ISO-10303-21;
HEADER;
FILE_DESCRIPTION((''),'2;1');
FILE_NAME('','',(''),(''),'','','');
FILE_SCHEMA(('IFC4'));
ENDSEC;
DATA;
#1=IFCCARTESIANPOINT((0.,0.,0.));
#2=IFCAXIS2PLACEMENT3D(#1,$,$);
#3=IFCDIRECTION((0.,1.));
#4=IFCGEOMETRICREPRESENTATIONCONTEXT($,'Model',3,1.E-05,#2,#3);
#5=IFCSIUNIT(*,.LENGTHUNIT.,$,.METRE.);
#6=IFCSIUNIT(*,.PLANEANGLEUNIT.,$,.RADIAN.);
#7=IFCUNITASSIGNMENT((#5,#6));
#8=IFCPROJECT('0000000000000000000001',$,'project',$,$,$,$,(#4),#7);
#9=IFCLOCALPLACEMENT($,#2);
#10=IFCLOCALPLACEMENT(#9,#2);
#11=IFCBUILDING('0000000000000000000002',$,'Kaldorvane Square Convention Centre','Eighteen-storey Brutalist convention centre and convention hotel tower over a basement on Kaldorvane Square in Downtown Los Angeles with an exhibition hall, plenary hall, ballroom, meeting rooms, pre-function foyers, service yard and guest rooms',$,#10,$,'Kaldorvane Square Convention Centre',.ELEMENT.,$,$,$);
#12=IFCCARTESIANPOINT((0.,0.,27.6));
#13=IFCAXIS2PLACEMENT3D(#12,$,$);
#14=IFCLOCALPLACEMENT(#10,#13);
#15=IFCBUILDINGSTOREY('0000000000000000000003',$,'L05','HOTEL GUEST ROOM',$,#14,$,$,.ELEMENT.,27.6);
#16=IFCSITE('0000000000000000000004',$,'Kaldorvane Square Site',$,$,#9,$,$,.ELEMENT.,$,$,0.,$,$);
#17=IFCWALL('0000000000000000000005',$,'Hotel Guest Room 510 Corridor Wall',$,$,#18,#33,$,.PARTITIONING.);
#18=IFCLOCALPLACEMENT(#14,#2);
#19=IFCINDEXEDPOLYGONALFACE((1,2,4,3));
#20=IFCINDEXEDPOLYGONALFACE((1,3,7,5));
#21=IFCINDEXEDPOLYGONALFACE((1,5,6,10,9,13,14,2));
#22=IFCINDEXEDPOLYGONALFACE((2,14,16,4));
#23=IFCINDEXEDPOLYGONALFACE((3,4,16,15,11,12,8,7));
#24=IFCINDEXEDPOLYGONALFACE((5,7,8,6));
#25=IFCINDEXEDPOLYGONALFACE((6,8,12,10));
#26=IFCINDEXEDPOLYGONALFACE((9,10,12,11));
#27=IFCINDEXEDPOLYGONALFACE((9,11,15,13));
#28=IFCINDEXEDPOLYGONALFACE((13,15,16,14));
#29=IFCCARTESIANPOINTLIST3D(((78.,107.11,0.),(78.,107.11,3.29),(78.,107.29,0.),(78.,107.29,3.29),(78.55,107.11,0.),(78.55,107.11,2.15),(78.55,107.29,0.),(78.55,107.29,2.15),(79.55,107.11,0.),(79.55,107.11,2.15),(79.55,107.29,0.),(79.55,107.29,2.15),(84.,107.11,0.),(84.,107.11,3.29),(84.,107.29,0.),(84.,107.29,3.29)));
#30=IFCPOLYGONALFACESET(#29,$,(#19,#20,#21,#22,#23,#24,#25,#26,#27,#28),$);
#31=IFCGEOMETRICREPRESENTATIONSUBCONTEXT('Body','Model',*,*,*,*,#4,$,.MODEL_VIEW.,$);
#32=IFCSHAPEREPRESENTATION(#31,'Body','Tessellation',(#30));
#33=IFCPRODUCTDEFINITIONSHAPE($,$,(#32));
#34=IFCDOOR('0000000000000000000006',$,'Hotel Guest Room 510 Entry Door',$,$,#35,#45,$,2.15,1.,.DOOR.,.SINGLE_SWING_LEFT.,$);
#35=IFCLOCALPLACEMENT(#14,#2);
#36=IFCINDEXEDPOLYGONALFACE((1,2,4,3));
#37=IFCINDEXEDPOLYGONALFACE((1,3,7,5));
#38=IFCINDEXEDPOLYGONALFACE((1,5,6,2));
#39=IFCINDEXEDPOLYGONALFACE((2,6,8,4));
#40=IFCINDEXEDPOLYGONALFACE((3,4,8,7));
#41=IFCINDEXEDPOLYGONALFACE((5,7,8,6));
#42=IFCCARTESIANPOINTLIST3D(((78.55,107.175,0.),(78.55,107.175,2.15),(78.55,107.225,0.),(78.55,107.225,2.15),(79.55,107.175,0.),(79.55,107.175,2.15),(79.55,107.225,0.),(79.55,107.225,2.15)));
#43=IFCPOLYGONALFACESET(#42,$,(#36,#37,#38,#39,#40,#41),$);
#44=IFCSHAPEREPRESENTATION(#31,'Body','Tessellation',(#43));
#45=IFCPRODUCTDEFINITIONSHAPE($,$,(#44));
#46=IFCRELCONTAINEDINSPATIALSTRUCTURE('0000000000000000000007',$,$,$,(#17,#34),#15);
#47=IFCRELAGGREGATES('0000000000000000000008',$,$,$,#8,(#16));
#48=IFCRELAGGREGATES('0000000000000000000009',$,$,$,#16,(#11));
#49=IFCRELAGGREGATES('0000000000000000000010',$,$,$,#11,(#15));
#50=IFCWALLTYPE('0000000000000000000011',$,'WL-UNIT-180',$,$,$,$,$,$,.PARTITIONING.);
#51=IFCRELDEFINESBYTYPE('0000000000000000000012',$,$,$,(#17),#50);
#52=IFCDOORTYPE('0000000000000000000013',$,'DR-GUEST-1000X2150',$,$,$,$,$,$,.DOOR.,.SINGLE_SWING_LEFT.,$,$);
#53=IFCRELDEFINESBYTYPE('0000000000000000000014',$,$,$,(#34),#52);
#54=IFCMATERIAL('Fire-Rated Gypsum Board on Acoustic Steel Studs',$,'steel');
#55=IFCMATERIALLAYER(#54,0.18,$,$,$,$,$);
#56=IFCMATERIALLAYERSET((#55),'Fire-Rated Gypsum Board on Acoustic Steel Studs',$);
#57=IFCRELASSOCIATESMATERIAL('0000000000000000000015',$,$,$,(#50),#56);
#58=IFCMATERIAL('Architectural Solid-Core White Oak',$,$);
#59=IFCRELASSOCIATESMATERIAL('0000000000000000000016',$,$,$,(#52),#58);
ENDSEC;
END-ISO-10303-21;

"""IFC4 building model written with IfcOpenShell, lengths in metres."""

from ifc_helpers import new_model, si_unit, direction, frame, frame_2d, origin, place, context, subcontext, project, spatial, rectangle, extrude, material, layer, layer_set, type_object, element, fill, save


model = new_model("IFC4")

# Units and contexts
model_context = context("Model", 3, precision=1e-05, world=origin(), true_north=direction((0.0, 1.0)))
body_context = subcontext(model_context, "Body", "Model", "MODEL_VIEW")
ifc_project = project(units=[si_unit("LENGTHUNIT", "METRE"), si_unit("PLANEANGLEUNIT", "RADIAN")], contexts=[model_context])

# Site, building, storey
site_placement = place(None, origin())
site = spatial("IfcSite", under=ifc_project, at=site_placement, Name="Kaldorvane Square Site", CompositionType="ELEMENT", RefElevation=0.0)
building_placement = place(site_placement, origin())
building = spatial("IfcBuilding", under=site, at=building_placement, Name="Kaldorvane Square Convention Centre", Description="Eighteen-storey Brutalist convention centre and convention hotel tower over a basement on Kaldorvane Square in Downtown Los Angeles with an exhibition hall, plenary hall, ballroom, meeting rooms, pre-function foyers, service yard and guest rooms", LongName="Kaldorvane Square Convention Centre", CompositionType="ELEMENT")
storey_placement = place(building_placement, frame((0.0, 0.0, 27.6)))
storey = spatial("IfcBuildingStorey", under=building, at=storey_placement, Name="L05", Description="HOTEL GUEST ROOM", CompositionType="ELEMENT", Elevation=27.6)

# Shared definitions
ifc_material_1 = material(Name="Fire-Rated Gypsum Board on Acoustic Steel Studs", Category="steel")
ifc_material_2 = material(Name="Architectural Solid-Core White Oak")

# Shared definitions
ifc_layer_1 = layer(ifc_material_1, 0.18)
ifc_layer_set_1 = layer_set([ifc_layer_1], Name="Fire-Rated Gypsum Board on Acoustic Steel Studs")
wall_type_1 = type_object("IfcWallType", Name="WL-UNIT-180", PredefinedType="PARTITIONING", material=ifc_layer_set_1)
door_type_1 = type_object("IfcDoorType", Name="DR-GUEST-1000X2150", OperationType="SINGLE_SWING_LEFT", PredefinedType="DOOR", material=ifc_material_2)

# Wall, opening, door
wall_1_placement = place(storey_placement, frame((78.0, 107.2, 0.0), z_axis=(0.0, 0.0, 1.0), x_axis=(1.0, 0.0, 0.0)))
wall_1 = element("IfcWall", 1, at=wall_1_placement, inside=storey, type_object=wall_type_1, Name="Hotel Guest Room 510 Corridor Wall", PredefinedType="PARTITIONING", context=body_context, shape_type="SweptSolid", body=[
    extrude(rectangle(XDim=6.0, YDim=0.18, at=frame_2d((3.0, 0.0))), origin(), (0.0, 0.0, 1.0), 3.29),
])
opening_1_placement = place(wall_1_placement, frame((0.55, 0.0, 0.0)))
opening_1 = element("IfcOpeningElement", 2, at=opening_1_placement, cuts=wall_1, PredefinedType="OPENING", context=body_context, shape_type="SweptSolid", body=[
    extrude(rectangle(XDim=1.0, YDim=2.15, at=frame_2d((0.5, 1.075))), frame((0.0, 0.105, 0.0), z_axis=(0.0, -1.0, 0.0), x_axis=(1.0, 0.0, 0.0)), (0.0, 0.0, 1.0), 0.21),
])
door_1_placement = place(opening_1_placement, origin())
door_1 = element("IfcDoor", 3, at=door_1_placement, inside=storey, type_object=door_type_1, Name="Hotel Guest Room 510 Entry Door", OperationType="SINGLE_SWING_LEFT", OverallHeight=2.15, OverallWidth=1.0, PredefinedType="DOOR", context=body_context, shape_type="SweptSolid", body=[
    extrude(rectangle(XDim=1.0, YDim=2.15, at=frame_2d((0.5, 1.075))), frame((0.0, 0.025, 0.0), z_axis=(0.0, -1.0, 0.0), x_axis=(1.0, 0.0, 0.0)), (0.0, 0.0, 1.0), 0.05),
])
fill(opening_1, door_1)

save(model, "model.ifc")
